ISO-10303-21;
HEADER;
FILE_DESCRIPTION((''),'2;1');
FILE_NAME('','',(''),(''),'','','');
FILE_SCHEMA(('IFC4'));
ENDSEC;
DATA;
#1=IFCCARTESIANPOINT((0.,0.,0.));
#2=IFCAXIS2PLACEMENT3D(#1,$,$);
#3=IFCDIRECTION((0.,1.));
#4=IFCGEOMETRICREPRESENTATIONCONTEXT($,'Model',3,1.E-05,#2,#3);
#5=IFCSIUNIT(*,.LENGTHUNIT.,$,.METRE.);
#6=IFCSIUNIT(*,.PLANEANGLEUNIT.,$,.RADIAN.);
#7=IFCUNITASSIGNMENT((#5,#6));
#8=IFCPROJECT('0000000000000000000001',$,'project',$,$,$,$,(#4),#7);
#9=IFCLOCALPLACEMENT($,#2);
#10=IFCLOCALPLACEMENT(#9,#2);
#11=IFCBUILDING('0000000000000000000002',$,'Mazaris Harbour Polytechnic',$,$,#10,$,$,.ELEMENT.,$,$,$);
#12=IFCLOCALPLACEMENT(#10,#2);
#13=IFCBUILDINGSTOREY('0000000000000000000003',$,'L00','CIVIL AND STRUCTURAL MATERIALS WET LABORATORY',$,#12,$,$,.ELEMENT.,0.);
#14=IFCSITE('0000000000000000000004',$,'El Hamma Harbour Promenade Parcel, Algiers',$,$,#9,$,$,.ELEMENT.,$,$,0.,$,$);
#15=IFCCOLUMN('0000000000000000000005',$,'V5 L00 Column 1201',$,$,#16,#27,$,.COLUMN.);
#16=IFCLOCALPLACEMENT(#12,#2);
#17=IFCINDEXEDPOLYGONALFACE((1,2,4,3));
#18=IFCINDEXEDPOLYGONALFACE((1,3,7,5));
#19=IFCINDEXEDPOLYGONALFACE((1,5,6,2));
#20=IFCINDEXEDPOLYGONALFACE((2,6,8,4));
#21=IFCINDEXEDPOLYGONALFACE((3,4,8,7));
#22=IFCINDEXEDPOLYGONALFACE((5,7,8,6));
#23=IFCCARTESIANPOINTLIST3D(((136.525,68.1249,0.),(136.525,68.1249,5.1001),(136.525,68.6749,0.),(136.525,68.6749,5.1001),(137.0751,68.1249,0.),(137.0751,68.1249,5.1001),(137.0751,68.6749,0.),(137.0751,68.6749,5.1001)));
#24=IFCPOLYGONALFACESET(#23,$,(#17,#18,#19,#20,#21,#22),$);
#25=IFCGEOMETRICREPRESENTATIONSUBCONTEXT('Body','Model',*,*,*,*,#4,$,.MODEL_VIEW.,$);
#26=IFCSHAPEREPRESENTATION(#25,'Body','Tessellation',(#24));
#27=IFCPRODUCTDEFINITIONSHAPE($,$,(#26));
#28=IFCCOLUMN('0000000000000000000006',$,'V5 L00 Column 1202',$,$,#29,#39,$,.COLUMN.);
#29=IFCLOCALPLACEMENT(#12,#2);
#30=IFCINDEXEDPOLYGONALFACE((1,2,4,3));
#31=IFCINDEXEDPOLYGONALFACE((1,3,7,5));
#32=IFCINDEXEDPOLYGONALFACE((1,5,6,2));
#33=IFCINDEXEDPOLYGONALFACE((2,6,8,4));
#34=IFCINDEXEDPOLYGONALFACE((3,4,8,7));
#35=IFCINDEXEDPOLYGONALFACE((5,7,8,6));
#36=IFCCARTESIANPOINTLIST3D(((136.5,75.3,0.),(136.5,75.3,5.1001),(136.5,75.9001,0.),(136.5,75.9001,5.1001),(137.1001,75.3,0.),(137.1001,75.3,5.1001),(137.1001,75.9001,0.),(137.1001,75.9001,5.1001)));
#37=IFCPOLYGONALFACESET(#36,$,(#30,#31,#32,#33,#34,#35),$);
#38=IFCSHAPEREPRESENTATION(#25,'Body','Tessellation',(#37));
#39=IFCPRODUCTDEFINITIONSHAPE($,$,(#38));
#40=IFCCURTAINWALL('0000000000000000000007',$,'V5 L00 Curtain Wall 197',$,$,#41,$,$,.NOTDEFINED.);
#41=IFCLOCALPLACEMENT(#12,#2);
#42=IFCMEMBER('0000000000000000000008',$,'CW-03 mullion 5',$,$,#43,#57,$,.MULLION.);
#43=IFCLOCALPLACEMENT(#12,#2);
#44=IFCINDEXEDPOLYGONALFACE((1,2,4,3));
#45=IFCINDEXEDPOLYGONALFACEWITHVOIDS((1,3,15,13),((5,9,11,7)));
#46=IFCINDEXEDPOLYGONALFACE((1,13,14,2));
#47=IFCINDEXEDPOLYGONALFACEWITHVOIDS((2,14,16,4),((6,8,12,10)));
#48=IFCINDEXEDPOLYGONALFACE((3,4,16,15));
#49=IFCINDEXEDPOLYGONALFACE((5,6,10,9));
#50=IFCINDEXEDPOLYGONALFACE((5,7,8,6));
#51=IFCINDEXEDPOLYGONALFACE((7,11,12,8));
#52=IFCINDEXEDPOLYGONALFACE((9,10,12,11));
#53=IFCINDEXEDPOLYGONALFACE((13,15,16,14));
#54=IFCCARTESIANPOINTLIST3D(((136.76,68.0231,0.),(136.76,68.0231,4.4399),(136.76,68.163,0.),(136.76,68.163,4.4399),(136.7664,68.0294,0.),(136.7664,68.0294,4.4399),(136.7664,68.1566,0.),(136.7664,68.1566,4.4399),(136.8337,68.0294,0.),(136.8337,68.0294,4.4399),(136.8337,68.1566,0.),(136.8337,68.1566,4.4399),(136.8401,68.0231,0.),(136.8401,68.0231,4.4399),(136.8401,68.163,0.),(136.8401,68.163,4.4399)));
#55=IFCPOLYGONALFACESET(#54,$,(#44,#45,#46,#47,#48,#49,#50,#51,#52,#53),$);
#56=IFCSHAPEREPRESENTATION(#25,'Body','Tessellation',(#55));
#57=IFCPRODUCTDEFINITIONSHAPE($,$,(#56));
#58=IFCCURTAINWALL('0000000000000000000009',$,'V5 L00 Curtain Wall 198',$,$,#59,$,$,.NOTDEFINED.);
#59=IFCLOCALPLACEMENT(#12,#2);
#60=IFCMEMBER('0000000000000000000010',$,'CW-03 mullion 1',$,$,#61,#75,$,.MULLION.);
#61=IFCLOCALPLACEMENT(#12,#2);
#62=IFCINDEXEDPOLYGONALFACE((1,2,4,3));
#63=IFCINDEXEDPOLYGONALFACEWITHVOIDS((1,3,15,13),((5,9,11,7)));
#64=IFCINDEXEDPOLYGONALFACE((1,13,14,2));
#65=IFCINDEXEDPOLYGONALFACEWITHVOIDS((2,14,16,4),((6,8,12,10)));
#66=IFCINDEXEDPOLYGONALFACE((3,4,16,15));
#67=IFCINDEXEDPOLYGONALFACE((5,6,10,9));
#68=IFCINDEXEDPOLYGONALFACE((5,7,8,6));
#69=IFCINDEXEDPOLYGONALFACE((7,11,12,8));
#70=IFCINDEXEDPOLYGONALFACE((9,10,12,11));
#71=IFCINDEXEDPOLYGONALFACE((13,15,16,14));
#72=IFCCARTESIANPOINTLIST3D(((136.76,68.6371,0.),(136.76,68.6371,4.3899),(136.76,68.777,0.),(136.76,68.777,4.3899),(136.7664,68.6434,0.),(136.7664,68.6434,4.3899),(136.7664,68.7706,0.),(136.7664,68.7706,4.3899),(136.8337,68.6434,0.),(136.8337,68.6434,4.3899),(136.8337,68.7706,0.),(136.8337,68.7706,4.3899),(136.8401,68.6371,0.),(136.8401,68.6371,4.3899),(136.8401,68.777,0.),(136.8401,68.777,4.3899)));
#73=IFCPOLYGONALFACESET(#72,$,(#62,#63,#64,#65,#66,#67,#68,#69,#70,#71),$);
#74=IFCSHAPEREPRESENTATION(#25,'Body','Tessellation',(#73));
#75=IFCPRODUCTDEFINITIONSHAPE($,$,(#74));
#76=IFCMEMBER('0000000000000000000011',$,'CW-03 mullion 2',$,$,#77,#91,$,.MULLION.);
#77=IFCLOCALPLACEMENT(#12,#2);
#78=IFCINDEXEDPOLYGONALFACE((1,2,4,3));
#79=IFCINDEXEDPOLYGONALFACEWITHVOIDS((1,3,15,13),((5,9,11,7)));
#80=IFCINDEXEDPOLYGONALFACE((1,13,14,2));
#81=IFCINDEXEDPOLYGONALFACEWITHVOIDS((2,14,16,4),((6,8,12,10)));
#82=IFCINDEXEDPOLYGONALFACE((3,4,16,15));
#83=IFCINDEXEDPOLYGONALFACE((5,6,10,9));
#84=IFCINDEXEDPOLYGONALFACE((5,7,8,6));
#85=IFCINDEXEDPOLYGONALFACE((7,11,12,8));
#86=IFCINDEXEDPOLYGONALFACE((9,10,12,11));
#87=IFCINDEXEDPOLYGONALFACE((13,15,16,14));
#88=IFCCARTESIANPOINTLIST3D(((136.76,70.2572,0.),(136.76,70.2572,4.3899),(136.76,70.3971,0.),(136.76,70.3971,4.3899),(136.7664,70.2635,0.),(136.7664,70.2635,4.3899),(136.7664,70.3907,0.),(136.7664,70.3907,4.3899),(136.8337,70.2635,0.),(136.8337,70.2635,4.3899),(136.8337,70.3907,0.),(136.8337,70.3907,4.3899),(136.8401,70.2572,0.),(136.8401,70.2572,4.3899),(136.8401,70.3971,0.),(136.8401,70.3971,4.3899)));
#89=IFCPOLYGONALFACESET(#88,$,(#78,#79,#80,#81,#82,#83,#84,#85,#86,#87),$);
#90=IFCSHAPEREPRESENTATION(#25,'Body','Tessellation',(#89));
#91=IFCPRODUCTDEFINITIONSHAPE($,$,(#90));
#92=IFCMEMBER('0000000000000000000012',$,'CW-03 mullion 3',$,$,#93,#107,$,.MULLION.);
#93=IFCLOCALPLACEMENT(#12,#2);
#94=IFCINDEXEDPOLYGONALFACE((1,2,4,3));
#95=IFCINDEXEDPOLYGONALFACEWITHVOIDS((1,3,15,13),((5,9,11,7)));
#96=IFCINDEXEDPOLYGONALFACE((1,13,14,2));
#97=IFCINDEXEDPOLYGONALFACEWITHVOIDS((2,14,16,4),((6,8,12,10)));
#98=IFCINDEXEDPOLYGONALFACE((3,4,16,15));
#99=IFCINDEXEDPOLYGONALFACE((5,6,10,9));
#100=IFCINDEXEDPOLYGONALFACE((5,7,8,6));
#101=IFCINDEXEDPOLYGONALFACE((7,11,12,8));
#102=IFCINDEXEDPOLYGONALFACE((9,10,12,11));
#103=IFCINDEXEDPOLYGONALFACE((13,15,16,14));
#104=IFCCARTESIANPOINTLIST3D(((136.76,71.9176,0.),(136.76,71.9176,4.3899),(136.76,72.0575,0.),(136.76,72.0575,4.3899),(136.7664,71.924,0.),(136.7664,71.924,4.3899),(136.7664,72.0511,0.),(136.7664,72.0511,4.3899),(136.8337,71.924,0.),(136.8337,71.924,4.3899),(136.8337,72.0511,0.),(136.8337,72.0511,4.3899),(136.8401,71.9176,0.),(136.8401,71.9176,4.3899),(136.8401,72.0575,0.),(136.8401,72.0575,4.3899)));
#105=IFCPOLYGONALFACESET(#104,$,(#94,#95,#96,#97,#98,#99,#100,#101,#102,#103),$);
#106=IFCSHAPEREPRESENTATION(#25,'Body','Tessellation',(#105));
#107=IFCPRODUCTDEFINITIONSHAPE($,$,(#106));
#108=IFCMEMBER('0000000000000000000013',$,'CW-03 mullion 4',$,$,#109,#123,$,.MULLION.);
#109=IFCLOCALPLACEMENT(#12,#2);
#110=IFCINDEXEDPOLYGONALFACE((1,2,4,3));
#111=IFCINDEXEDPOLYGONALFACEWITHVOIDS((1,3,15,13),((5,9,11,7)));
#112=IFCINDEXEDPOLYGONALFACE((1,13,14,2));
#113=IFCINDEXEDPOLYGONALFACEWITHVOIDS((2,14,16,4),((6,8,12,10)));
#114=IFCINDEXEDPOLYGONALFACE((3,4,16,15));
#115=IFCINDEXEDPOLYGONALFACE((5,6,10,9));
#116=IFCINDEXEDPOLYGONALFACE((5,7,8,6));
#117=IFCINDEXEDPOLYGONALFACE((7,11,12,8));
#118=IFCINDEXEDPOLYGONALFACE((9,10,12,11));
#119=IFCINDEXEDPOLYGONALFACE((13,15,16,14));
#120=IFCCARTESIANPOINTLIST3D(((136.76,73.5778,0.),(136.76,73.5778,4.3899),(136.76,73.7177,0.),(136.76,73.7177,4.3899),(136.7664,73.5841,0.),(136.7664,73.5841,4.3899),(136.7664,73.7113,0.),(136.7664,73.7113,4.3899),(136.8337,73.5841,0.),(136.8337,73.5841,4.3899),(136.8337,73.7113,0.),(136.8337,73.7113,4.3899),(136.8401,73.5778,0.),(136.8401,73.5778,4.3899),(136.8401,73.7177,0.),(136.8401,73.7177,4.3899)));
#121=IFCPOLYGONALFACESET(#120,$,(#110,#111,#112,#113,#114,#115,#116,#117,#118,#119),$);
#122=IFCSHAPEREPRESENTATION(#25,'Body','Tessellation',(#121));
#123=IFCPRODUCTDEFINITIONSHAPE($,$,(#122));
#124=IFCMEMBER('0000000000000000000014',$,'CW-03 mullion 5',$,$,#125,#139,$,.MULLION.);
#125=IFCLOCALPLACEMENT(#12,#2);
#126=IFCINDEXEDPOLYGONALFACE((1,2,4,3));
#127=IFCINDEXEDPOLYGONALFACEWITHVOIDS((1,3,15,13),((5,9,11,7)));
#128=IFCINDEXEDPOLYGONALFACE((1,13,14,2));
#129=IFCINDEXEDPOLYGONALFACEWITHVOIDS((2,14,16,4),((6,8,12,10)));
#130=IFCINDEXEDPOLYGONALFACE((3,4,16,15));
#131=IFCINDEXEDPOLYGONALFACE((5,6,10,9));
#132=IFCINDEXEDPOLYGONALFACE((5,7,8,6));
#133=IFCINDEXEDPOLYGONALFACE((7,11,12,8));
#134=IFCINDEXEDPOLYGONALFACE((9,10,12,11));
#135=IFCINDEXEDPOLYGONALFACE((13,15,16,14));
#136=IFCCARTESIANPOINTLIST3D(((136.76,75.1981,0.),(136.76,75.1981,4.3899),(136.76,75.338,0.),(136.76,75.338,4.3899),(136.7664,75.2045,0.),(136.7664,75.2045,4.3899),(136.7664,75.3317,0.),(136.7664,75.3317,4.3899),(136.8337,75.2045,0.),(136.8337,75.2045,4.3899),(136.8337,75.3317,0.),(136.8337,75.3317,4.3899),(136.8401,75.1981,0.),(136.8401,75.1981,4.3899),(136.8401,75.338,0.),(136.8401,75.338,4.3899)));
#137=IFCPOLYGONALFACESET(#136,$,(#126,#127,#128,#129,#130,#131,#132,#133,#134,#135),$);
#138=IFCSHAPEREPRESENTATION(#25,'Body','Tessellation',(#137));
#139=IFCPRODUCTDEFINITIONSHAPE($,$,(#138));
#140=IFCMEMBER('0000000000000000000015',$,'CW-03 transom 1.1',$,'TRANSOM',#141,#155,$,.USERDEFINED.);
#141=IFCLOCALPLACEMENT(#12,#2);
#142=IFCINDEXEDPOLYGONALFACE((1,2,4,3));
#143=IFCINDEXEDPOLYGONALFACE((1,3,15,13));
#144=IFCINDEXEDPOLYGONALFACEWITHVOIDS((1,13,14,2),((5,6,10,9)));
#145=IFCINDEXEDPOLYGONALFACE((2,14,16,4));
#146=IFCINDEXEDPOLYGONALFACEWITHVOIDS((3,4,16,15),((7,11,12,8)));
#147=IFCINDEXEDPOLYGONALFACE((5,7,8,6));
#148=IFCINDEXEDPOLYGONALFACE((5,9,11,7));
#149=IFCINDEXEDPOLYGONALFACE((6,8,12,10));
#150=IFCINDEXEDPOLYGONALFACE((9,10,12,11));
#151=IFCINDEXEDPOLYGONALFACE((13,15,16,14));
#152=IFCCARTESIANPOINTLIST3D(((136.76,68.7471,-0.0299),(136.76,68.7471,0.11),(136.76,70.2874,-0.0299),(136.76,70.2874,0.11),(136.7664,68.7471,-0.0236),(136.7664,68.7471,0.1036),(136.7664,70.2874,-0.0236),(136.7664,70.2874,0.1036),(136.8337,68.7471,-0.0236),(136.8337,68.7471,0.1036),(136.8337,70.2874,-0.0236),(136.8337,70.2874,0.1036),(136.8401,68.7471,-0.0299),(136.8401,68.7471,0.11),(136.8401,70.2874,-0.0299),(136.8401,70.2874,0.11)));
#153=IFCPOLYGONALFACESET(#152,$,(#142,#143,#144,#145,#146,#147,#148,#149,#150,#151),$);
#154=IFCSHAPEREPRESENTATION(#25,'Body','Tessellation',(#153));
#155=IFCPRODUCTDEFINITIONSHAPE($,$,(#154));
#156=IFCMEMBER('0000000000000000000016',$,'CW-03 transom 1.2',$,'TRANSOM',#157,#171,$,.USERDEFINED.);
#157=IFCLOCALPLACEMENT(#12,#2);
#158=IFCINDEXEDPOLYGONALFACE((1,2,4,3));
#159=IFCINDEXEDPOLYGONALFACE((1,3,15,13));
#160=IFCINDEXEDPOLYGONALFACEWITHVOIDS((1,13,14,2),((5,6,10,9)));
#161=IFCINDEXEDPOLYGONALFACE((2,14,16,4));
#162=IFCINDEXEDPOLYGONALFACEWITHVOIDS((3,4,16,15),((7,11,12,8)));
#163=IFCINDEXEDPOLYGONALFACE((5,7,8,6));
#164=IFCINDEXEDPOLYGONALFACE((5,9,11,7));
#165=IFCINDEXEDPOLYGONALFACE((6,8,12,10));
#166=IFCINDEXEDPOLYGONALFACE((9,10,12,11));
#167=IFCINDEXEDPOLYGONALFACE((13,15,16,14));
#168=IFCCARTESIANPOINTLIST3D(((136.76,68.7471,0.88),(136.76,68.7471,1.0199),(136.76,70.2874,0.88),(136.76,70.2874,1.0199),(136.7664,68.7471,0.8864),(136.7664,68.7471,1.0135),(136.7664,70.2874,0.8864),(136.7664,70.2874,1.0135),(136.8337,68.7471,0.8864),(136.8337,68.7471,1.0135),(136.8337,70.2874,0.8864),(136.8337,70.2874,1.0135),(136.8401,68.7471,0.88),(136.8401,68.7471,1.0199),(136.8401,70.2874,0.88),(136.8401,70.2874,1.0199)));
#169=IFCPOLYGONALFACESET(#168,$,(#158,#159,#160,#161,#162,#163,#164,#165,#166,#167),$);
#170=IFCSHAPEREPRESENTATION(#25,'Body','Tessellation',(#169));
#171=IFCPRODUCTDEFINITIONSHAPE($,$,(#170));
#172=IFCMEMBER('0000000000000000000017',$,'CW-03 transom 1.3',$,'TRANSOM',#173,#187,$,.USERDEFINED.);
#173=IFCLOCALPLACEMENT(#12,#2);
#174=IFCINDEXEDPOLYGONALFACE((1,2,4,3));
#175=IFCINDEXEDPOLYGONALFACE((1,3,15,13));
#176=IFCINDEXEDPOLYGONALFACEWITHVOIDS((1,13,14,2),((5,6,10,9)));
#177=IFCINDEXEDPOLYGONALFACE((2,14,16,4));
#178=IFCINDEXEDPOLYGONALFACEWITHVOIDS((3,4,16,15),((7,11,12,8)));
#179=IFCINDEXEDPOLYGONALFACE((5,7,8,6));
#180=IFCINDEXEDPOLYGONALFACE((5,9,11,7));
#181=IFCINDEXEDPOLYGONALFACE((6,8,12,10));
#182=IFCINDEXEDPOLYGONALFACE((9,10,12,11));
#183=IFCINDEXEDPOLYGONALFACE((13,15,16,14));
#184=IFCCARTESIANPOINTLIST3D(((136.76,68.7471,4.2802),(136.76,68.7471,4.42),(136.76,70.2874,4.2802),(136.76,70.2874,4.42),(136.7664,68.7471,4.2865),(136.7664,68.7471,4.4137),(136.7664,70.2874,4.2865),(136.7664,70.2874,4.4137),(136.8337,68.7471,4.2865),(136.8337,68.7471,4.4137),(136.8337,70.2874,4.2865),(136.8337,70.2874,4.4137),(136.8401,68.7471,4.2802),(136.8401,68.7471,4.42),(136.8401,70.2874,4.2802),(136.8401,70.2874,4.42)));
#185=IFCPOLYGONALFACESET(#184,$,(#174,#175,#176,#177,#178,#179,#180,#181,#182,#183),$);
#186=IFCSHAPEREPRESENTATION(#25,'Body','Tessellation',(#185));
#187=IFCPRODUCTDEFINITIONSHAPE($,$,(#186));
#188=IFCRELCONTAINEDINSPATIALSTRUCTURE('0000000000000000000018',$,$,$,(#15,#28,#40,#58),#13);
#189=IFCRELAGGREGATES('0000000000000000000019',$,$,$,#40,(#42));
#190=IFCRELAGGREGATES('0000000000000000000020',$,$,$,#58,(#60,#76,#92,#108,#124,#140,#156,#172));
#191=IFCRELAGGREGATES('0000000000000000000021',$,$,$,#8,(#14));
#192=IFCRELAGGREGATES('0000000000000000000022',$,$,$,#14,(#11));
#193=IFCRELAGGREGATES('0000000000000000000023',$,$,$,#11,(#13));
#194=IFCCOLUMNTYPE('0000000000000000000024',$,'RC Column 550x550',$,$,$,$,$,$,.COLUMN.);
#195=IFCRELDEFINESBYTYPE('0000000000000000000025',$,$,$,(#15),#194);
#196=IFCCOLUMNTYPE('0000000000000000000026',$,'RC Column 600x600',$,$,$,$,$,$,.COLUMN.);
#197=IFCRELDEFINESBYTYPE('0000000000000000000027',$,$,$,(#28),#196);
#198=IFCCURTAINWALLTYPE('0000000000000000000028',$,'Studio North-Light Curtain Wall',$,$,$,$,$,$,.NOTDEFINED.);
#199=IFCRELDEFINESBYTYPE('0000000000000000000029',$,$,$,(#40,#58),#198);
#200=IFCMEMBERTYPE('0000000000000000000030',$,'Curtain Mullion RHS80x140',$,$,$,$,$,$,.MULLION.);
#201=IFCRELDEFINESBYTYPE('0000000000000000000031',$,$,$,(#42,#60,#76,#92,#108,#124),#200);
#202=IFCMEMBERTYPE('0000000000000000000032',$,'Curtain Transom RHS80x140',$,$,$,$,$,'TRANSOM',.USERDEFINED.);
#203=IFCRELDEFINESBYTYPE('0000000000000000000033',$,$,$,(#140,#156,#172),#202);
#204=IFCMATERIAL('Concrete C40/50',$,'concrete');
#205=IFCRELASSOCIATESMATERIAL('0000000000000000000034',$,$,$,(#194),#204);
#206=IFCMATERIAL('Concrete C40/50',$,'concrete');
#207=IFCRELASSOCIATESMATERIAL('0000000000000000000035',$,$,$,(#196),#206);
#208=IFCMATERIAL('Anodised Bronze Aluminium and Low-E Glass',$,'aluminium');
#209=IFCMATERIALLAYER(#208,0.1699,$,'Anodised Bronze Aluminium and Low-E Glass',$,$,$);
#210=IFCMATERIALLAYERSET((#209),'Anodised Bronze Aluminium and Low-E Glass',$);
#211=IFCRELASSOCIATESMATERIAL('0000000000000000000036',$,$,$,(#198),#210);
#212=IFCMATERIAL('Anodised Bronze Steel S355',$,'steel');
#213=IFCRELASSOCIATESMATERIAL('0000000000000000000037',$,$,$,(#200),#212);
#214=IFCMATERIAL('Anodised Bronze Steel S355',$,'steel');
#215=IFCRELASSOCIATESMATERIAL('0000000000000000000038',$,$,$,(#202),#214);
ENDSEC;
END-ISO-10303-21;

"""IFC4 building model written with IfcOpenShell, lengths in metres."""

from ifc_helpers import new_model, si_unit, direction, frame, origin, origin_2d, place, context, subcontext, project, spatial, rectangle, hollow_rectangle, extrude, material, layer, layer_set, material_profile, profile_set, type_object, element, aggregate, save


model = new_model("IFC4")

# Units and contexts
model_context = context("Model", 3, precision=1e-05, world=origin(), true_north=direction((0.0, 1.0)))
body_context = subcontext(model_context, "Body", "Model", "MODEL_VIEW")
ifc_project = project(units=[si_unit("LENGTHUNIT", "METRE"), si_unit("PLANEANGLEUNIT", "RADIAN")], contexts=[model_context])

# Site, building, storey
site_placement = place(None, origin())
site = spatial("IfcSite", under=ifc_project, at=site_placement, Name="El Hamma Harbour Promenade Parcel, Algiers", CompositionType="ELEMENT", RefElevation=0.0)
building_placement = place(site_placement, origin())
building = spatial("IfcBuilding", under=site, at=building_placement, Name="Mazaris Harbour Polytechnic", CompositionType="ELEMENT")
storey_placement = place(building_placement, origin())
storey = spatial("IfcBuildingStorey", under=building, at=storey_placement, Name="L00", Description="CIVIL AND STRUCTURAL MATERIALS WET LABORATORY", CompositionType="ELEMENT", Elevation=0.0)

# Columns
ifc_material_1 = material(Name="Concrete C40/50", Category="concrete")
ifc_material_profile_1 = material_profile(ifc_material_1, rectangle(XDim=0.55, YDim=0.55, at=origin_2d()), Name="RECT550x550")
ifc_profile_set_1 = profile_set([ifc_material_profile_1], Name="Concrete C40/50")
column_type_1 = type_object("IfcColumnType", Name="RC Column 550x550", PredefinedType="COLUMN", material=ifc_profile_set_1)
column_1_placement = place(storey_placement, frame((136.8, 68.3999, 0.0), z_axis=(0.0, 0.0, 1.0), x_axis=(1.0, 0.0, 0.0)))
element("IfcColumn", 1, at=column_1_placement, inside=storey, type_object=column_type_1, Name="V5 L00 Column 1201", PredefinedType="COLUMN", context=body_context, shape_type="SweptSolid", body=[
    extrude(rectangle(XDim=0.55, YDim=0.55, at=origin_2d()), origin(), (0.0, 0.0, 1.0), 5.1001),
])
ifc_material_2 = material(Name="Concrete C40/50", Category="concrete")
ifc_material_profile_2 = material_profile(ifc_material_2, rectangle(XDim=0.6001, YDim=0.6001, at=origin_2d()), Name="RECT600x600")
ifc_profile_set_2 = profile_set([ifc_material_profile_2], Name="Concrete C40/50")
column_type_2 = type_object("IfcColumnType", Name="RC Column 600x600", PredefinedType="COLUMN", material=ifc_profile_set_2)
column_2_placement = place(storey_placement, frame((136.8, 75.6001, 0.0), z_axis=(0.0, 0.0, 1.0), x_axis=(1.0, 0.0, 0.0)))
element("IfcColumn", 2, at=column_2_placement, inside=storey, type_object=column_type_2, Name="V5 L00 Column 1202", PredefinedType="COLUMN", context=body_context, shape_type="SweptSolid", body=[
    extrude(rectangle(XDim=0.6001, YDim=0.6001, at=origin_2d()), origin(), (0.0, 0.0, 1.0), 5.1001),
])

# Curtain wall, member
ifc_material_3 = material(Name="Anodised Bronze Aluminium and Low-E Glass", Category="aluminium")
ifc_layer_1 = layer(ifc_material_3, 0.1699, Name="Anodised Bronze Aluminium and Low-E Glass")
ifc_layer_set_1 = layer_set([ifc_layer_1], Name="Anodised Bronze Aluminium and Low-E Glass")
curtain_wall_type = type_object("IfcCurtainWallType", Name="Studio North-Light Curtain Wall", PredefinedType="NOTDEFINED", material=ifc_layer_set_1)
curtain_wall_1_placement = place(storey_placement, origin())
curtain_wall_1 = element("IfcCurtainWall", 3, at=curtain_wall_1_placement, inside=storey, type_object=curtain_wall_type, Name="V5 L00 Curtain Wall 197", PredefinedType="NOTDEFINED")
ifc_material_4 = material(Name="Anodised Bronze Steel S355", Category="steel")
ifc_material_profile_3 = material_profile(ifc_material_4, hollow_rectangle(XDim=0.0801, YDim=0.1399, WallThickness=0.0063, at=origin_2d()), Name="RHS 80x140x6.3")
ifc_profile_set_3 = profile_set([ifc_material_profile_3], Name="Anodised Bronze Steel S355")
member_type_1 = type_object("IfcMemberType", Name="Curtain Mullion RHS80x140", PredefinedType="MULLION", material=ifc_profile_set_3)
member_1_placement = place(storey_placement, frame((136.8, 68.093, 0.0), z_axis=(0.0, 0.0, 1.0), x_axis=(-1.0, 0.0, 0.0)))
member_1 = element("IfcMember", 4, at=member_1_placement, type_object=member_type_1, Name="CW-03 mullion 5", PredefinedType="MULLION", context=body_context, shape_type="SweptSolid", body=[
    extrude(hollow_rectangle(XDim=0.0801, YDim=0.1399, WallThickness=0.0063, at=origin_2d()), origin(), (0.0, 0.0, 1.0), 4.4399),
])
aggregate(curtain_wall_1, [member_1])

# Curtain wall, members
curtain_wall_2_placement = place(storey_placement, origin())
curtain_wall_2 = element("IfcCurtainWall", 5, at=curtain_wall_2_placement, inside=storey, type_object=curtain_wall_type, Name="V5 L00 Curtain Wall 198", PredefinedType="NOTDEFINED")
member_2_placement = place(storey_placement, frame((136.8, 68.707, 0.0), z_axis=(0.0, 0.0, 1.0), x_axis=(-1.0, 0.0, 0.0)))
member_2 = element("IfcMember", 6, at=member_2_placement, type_object=member_type_1, Name="CW-03 mullion 1", PredefinedType="MULLION", context=body_context, shape_type="SweptSolid", body=[
    extrude(hollow_rectangle(XDim=0.0801, YDim=0.1399, WallThickness=0.0063, at=origin_2d()), origin(), (0.0, 0.0, 1.0), 4.3899),
])
member_3_placement = place(storey_placement, frame((136.8, 70.3271, 0.0), z_axis=(0.0, 0.0, 1.0), x_axis=(-1.0, 0.0, 0.0)))
member_3 = element("IfcMember", 7, at=member_3_placement, type_object=member_type_1, Name="CW-03 mullion 2", PredefinedType="MULLION", context=body_context, shape_type="SweptSolid", body=[
    extrude(hollow_rectangle(XDim=0.0801, YDim=0.1399, WallThickness=0.0063, at=origin_2d()), origin(), (0.0, 0.0, 1.0), 4.3899),
])
member_4_placement = place(storey_placement, frame((136.8, 71.9875, 0.0), z_axis=(0.0, 0.0, 1.0), x_axis=(-1.0, 0.0, 0.0)))
member_4 = element("IfcMember", 8, at=member_4_placement, type_object=member_type_1, Name="CW-03 mullion 3", PredefinedType="MULLION", context=body_context, shape_type="SweptSolid", body=[
    extrude(hollow_rectangle(XDim=0.0801, YDim=0.1399, WallThickness=0.0063, at=origin_2d()), origin(), (0.0, 0.0, 1.0), 4.3899),
])
member_5_placement = place(storey_placement, frame((136.8, 73.6477, 0.0), z_axis=(0.0, 0.0, 1.0), x_axis=(-1.0, 0.0, 0.0)))
member_5 = element("IfcMember", 9, at=member_5_placement, type_object=member_type_1, Name="CW-03 mullion 4", PredefinedType="MULLION", context=body_context, shape_type="SweptSolid", body=[
    extrude(hollow_rectangle(XDim=0.0801, YDim=0.1399, WallThickness=0.0063, at=origin_2d()), origin(), (0.0, 0.0, 1.0), 4.3899),
])
member_6_placement = place(storey_placement, frame((136.8, 75.2681, 0.0), z_axis=(0.0, 0.0, 1.0), x_axis=(-1.0, 0.0, 0.0)))
member_6 = element("IfcMember", 10, at=member_6_placement, type_object=member_type_1, Name="CW-03 mullion 5", PredefinedType="MULLION", context=body_context, shape_type="SweptSolid", body=[
    extrude(hollow_rectangle(XDim=0.0801, YDim=0.1399, WallThickness=0.0063, at=origin_2d()), origin(), (0.0, 0.0, 1.0), 4.3899),
])
ifc_material_5 = material(Name="Anodised Bronze Steel S355", Category="steel")
ifc_material_profile_4 = material_profile(ifc_material_5, hollow_rectangle(XDim=0.0801, YDim=0.1399, WallThickness=0.0063, at=origin_2d()), Name="RHS 80x140x6.3")
ifc_profile_set_4 = profile_set([ifc_material_profile_4], Name="Anodised Bronze Steel S355")
member_type_2 = type_object("IfcMemberType", Name="Curtain Transom RHS80x140", ElementType="TRANSOM", PredefinedType="USERDEFINED", material=ifc_profile_set_4)
member_7_placement = place(storey_placement, frame((136.8, 68.7471, 0.04), z_axis=(0.0, 1.0, 0.0), x_axis=(-1.0, 0.0, 0.0)))
member_7 = element("IfcMember", 11, at=member_7_placement, type_object=member_type_2, Name="CW-03 transom 1.1", ObjectType="TRANSOM", PredefinedType="USERDEFINED", context=body_context, shape_type="SweptSolid", body=[
    extrude(hollow_rectangle(XDim=0.0801, YDim=0.1399, WallThickness=0.0063, at=origin_2d()), origin(), (0.0, 0.0, 1.0), 1.5403),
])
member_8_placement = place(storey_placement, frame((136.8, 68.7471, 0.95), z_axis=(0.0, 1.0, 0.0), x_axis=(-1.0, 0.0, 0.0)))
member_8 = element("IfcMember", 12, at=member_8_placement, type_object=member_type_2, Name="CW-03 transom 1.2", ObjectType="TRANSOM", PredefinedType="USERDEFINED", context=body_context, shape_type="SweptSolid", body=[
    extrude(hollow_rectangle(XDim=0.0801, YDim=0.1399, WallThickness=0.0063, at=origin_2d()), origin(), (0.0, 0.0, 1.0), 1.5403),
])
member_9_placement = place(storey_placement, frame((136.8, 68.7471, 4.3501), z_axis=(0.0, 1.0, 0.0), x_axis=(-1.0, 0.0, 0.0)))
member_9 = element("IfcMember", 13, at=member_9_placement, type_object=member_type_2, Name="CW-03 transom 1.3", ObjectType="TRANSOM", PredefinedType="USERDEFINED", context=body_context, shape_type="SweptSolid", body=[
    extrude(hollow_rectangle(XDim=0.0801, YDim=0.1399, WallThickness=0.0063, at=origin_2d()), origin(), (0.0, 0.0, 1.0), 1.5403),
])

aggregate(curtain_wall_2, [member_2, member_3, member_4, member_5, member_6, member_7, member_8, member_9])

save(model, "model.ifc")
